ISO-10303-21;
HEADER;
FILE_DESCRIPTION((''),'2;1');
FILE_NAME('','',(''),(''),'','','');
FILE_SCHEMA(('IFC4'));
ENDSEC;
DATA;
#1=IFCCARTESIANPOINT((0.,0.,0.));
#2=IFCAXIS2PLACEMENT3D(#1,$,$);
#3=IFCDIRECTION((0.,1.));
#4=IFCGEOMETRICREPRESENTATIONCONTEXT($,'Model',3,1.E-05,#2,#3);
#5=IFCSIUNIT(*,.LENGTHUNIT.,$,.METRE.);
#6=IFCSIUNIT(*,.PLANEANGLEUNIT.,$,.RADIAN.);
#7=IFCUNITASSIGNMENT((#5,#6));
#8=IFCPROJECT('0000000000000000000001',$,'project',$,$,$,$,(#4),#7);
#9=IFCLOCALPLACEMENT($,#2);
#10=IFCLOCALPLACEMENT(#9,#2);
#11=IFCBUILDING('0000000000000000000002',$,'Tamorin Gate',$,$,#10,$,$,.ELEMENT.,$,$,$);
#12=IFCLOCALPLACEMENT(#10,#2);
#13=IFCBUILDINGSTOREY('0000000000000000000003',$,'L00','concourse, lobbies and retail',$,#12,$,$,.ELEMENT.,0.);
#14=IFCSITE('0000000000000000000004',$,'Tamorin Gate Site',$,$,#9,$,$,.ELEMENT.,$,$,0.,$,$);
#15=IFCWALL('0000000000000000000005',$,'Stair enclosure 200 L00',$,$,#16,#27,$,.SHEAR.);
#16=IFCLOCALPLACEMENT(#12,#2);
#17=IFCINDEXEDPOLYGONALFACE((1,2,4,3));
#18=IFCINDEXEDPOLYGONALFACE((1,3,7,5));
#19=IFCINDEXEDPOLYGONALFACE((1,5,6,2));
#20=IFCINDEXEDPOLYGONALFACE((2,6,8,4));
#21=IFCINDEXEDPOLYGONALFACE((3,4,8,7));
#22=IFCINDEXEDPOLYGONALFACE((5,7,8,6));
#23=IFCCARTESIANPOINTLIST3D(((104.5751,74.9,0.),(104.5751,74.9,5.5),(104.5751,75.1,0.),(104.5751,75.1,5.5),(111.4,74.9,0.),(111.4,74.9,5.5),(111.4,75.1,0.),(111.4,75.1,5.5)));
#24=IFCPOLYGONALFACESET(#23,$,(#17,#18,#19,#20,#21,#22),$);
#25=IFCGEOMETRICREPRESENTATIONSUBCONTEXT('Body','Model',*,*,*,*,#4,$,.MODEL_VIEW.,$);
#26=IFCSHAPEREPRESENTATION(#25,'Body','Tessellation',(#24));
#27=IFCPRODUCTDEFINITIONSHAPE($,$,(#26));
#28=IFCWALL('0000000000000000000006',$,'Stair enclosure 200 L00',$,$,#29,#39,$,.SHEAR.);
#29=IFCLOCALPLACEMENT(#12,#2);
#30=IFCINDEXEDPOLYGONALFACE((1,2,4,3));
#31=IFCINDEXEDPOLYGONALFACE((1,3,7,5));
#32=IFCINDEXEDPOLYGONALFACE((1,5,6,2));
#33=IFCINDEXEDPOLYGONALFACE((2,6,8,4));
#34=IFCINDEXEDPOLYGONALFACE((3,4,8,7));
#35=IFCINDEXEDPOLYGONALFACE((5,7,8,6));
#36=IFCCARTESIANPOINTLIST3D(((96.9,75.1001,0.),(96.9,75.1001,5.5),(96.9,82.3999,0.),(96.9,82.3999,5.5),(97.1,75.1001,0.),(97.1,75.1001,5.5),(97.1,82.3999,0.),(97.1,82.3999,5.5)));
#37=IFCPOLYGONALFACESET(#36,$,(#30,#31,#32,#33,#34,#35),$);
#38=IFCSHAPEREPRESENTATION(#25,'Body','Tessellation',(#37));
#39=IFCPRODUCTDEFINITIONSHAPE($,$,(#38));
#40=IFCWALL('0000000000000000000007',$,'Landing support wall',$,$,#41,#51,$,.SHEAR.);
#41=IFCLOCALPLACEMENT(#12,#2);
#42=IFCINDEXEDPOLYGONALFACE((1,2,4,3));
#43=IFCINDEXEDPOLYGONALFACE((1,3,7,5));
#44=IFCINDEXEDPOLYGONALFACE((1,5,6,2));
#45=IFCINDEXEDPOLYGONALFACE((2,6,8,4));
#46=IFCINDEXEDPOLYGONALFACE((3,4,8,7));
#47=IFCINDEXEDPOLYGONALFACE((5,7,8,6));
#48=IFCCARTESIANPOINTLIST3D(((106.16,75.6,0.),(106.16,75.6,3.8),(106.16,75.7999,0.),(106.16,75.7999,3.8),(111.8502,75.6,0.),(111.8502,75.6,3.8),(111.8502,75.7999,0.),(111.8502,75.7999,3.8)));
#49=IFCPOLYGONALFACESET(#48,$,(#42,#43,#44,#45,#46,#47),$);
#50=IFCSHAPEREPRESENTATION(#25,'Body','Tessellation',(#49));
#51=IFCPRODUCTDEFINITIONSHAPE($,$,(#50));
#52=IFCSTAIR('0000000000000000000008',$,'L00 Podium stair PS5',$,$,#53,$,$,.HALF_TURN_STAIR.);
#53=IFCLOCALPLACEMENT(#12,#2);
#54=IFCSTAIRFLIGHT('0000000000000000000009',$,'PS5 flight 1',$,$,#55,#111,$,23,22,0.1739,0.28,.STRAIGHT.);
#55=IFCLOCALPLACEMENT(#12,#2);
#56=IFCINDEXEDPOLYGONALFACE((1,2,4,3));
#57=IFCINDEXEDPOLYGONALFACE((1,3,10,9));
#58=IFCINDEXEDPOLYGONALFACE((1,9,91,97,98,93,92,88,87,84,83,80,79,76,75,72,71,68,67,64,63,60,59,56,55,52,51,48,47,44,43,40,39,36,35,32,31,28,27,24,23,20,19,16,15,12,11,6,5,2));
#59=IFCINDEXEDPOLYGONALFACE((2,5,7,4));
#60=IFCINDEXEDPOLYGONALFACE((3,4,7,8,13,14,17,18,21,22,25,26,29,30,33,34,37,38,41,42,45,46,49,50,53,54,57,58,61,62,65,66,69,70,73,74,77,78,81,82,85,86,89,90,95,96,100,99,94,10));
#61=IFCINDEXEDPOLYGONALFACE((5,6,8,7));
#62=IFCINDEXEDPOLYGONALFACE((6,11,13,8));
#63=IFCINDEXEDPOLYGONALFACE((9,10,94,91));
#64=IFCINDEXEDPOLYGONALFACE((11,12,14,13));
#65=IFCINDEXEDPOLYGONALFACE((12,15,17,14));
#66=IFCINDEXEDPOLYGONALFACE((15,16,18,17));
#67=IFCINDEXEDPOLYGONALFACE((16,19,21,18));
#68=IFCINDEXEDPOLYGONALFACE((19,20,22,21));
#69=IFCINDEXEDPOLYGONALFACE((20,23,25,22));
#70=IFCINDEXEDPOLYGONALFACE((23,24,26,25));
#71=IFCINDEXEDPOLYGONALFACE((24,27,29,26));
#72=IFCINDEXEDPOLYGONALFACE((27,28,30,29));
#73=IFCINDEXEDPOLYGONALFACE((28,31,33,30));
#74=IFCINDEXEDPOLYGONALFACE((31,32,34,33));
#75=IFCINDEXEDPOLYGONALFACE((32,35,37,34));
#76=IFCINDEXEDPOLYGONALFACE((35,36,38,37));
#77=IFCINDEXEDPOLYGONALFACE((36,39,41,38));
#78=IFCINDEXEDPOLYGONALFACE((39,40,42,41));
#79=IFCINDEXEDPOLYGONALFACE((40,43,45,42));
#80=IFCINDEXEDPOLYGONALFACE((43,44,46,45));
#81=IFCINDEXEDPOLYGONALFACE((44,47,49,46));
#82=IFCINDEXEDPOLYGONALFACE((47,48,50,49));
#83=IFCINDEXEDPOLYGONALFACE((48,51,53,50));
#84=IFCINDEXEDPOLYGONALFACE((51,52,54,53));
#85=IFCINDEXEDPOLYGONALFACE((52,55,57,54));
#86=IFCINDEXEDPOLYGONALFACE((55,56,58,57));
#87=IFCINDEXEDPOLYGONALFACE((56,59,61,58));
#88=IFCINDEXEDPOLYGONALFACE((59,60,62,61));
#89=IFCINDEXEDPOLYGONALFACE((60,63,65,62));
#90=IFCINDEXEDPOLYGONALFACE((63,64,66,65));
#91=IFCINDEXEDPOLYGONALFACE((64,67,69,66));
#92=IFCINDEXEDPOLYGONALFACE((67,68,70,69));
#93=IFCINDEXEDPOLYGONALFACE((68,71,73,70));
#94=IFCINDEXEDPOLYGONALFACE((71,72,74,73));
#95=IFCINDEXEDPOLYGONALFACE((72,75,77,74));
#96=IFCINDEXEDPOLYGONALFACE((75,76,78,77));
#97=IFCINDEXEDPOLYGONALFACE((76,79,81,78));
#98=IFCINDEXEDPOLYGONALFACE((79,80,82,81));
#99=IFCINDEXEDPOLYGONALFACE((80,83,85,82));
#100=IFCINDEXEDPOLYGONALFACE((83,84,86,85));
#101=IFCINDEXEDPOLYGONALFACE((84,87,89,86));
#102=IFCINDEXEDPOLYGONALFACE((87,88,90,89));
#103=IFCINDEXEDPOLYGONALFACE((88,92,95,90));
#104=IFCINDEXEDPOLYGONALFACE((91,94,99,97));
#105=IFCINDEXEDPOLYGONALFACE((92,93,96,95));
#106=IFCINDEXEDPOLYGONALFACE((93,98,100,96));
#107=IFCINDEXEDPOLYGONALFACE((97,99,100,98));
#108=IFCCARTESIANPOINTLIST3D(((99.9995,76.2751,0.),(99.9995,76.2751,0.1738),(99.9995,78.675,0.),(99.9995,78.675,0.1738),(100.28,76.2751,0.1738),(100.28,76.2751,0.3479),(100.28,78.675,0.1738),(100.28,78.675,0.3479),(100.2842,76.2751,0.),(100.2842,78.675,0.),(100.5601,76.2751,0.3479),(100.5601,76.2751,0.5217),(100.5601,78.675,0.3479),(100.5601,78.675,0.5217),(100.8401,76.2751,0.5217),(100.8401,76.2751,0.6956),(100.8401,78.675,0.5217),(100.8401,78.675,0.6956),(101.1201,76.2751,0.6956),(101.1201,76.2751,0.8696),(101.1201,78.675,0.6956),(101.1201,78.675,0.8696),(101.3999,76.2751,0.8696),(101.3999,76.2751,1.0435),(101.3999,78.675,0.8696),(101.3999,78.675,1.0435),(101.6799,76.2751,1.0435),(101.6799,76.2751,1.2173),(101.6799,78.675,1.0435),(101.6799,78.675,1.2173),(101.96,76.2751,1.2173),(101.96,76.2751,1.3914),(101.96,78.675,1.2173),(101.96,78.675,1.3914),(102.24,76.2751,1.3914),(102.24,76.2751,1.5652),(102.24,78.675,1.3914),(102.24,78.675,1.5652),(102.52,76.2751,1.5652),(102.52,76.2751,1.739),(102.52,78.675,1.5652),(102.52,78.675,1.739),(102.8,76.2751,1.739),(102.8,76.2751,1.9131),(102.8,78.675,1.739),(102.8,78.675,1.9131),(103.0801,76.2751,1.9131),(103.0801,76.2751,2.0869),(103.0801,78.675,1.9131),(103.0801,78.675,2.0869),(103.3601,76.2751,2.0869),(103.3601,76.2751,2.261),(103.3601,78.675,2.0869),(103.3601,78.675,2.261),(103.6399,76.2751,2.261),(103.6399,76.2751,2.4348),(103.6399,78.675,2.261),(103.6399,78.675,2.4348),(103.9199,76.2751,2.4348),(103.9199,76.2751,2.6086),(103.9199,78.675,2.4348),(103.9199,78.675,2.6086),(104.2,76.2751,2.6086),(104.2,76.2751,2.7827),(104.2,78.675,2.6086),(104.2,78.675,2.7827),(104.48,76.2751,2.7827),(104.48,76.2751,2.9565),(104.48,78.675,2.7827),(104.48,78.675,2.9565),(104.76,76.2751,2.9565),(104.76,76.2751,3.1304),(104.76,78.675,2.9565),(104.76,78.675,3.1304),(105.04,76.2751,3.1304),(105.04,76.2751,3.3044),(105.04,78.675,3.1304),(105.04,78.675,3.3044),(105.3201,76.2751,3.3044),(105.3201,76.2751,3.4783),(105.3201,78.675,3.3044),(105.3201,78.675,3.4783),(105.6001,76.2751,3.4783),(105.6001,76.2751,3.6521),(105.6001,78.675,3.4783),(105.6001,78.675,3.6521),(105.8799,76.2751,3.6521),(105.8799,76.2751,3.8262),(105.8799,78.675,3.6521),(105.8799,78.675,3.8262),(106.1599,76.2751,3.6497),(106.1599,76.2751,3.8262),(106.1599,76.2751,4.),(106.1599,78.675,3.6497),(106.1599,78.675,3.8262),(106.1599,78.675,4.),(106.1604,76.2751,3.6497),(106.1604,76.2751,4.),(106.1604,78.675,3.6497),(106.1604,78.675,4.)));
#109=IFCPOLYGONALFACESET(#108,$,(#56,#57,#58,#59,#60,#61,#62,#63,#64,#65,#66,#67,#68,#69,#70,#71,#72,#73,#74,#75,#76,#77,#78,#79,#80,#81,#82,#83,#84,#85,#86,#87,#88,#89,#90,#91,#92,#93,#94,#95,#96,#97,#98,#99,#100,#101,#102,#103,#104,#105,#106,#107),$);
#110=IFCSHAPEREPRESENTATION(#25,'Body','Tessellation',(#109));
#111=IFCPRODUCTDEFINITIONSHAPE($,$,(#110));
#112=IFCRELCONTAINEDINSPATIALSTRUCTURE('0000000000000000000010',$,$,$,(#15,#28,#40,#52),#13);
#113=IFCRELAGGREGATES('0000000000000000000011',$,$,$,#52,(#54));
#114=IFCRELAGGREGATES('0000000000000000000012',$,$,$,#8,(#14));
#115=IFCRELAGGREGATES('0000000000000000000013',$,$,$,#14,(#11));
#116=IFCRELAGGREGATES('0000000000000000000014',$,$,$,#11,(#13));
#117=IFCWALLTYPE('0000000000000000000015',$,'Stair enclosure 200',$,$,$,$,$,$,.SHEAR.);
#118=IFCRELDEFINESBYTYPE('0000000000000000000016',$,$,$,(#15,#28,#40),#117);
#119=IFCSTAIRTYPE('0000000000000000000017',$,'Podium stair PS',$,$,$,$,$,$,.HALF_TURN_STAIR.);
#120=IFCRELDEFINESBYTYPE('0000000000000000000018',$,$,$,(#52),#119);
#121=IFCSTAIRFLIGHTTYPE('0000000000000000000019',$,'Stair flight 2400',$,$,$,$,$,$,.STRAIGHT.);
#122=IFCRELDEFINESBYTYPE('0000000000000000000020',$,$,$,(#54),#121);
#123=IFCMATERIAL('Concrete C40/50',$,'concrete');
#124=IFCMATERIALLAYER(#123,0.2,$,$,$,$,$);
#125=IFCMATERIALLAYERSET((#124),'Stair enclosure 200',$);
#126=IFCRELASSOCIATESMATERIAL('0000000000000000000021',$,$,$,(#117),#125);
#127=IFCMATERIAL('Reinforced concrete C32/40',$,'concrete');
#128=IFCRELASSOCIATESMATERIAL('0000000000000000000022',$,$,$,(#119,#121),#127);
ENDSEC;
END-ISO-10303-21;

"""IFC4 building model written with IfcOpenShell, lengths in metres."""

from ifc_helpers import new_model, si_unit, direction, frame, frame_2d, origin, place, context, subcontext, project, spatial, polyline, rectangle, outline, extrude, material, layer, layer_set, type_object, element, aggregate, save


model = new_model("IFC4")

# Units and contexts
model_context = context("Model", 3, precision=1e-05, world=origin(), true_north=direction((0.0, 1.0)))
body_context = subcontext(model_context, "Body", "Model", "MODEL_VIEW")
ifc_project = project(units=[si_unit("LENGTHUNIT", "METRE"), si_unit("PLANEANGLEUNIT", "RADIAN")], contexts=[model_context])

# Site, building, storey
site_placement = place(None, origin())
site = spatial("IfcSite", under=ifc_project, at=site_placement, Name="Tamorin Gate Site", CompositionType="ELEMENT", RefElevation=0.0)
building_placement = place(site_placement, origin())
building = spatial("IfcBuilding", under=site, at=building_placement, Name="Tamorin Gate", CompositionType="ELEMENT")
storey_placement = place(building_placement, origin())
storey = spatial("IfcBuildingStorey", under=building, at=storey_placement, Name="L00", Description="concourse, lobbies and retail", CompositionType="ELEMENT", Elevation=0.0)

# Walls
ifc_material_1 = material(Name="Concrete C40/50", Category="concrete")
ifc_layer_1 = layer(ifc_material_1, 0.2)
ifc_layer_set_1 = layer_set([ifc_layer_1], Name="Stair enclosure 200")
wall_type_1 = type_object("IfcWallType", Name="Stair enclosure 200", PredefinedType="SHEAR", material=ifc_layer_set_1)
wall_1_placement = place(storey_placement, frame((104.575, 75.0, 0.0), z_axis=(0.0, 0.0, 1.0), x_axis=(1.0, 0.0, 0.0)))
element("IfcWall", 1, at=wall_1_placement, inside=storey, type_object=wall_type_1, Name="Stair enclosure 200 L00", PredefinedType="SHEAR", context=body_context, shape_type="SweptSolid", body=[
    extrude(rectangle(XDim=6.825, YDim=0.2, at=frame_2d((3.4126, 0.0))), origin(), (0.0, 0.0, 1.0), 5.5),
])
wall_2_placement = place(storey_placement, frame((97.0, 75.1001, 0.0), z_axis=(0.0, 0.0, 1.0), x_axis=(0.0, 1.0, 0.0)))
element("IfcWall", 2, at=wall_2_placement, inside=storey, type_object=wall_type_1, Name="Stair enclosure 200 L00", PredefinedType="SHEAR", context=body_context, shape_type="SweptSolid", body=[
    extrude(rectangle(XDim=7.2998, YDim=0.2, at=frame_2d((3.6499, 0.0))), origin(), (0.0, 0.0, 1.0), 5.5),
])
wall_3_placement = place(storey_placement, frame((106.1599, 75.7, 0.0), z_axis=(0.0, 0.0, 1.0), x_axis=(1.0, 0.0, 0.0)))
element("IfcWall", 3, at=wall_3_placement, inside=storey, type_object=wall_type_1, Name="Landing support wall", PredefinedType="SHEAR", context=body_context, shape_type="SweptSolid", body=[
    extrude(rectangle(XDim=5.6902, YDim=0.2, at=frame_2d((2.8452, 0.0))), origin(), (0.0, 0.0, 1.0), 3.8),
])

# Stair, stair flight
ifc_material_2 = material(Name="Reinforced concrete C32/40", Category="concrete")
stair_type = type_object("IfcStairType", Name="Podium stair PS", PredefinedType="HALF_TURN_STAIR", material=ifc_material_2)
stair_placement = place(storey_placement, origin())
stair = element("IfcStair", 4, at=stair_placement, inside=storey, type_object=stair_type, Name="L00 Podium stair PS5", PredefinedType="HALF_TURN_STAIR")
stair_flight_type = type_object("IfcStairFlightType", Name="Stair flight 2400", PredefinedType="STRAIGHT", material=ifc_material_2)
stair_flight_placement = place(storey_placement, frame((100.0, 77.4751, 0.0), z_axis=(0.0, 0.0, 1.0), x_axis=(1.0, 0.0, 0.0)))
stair_flight = element("IfcStairFlight", 5, at=stair_flight_placement, type_object=stair_flight_type, Name="PS5 flight 1", NumberOfRisers=23, NumberOfTreads=22, PredefinedType="STRAIGHT", RiserHeight=0.1739, TreadLength=0.28, context=body_context, shape_type="SweptSolid", body=[
    extrude(outline(polyline([(-0.0005, 0.0), (-0.0005, 0.1738), (0.28, 0.1738), (0.28, 0.3479), (0.5601, 0.3479), (0.5601, 0.5217), (0.8401, 0.5217), (0.8401, 0.6956), (1.1201, 0.6956), (1.1201, 0.8696), (1.3999, 0.8696), (1.3999, 1.0435), (1.6799, 1.0435), (1.6799, 1.2173), (1.96, 1.2173), (1.96, 1.3914), (2.24, 1.3914), (2.24, 1.5652), (2.52, 1.5652), (2.52, 1.739), (2.8, 1.739), (2.8, 1.9131), (3.0801, 1.9131), (3.0801, 2.0869), (3.3601, 2.0869), (3.3601, 2.261), (3.6399, 2.261), (3.6399, 2.4348), (3.9199, 2.4348), (3.9199, 2.6086), (4.2, 2.6086), (4.2, 2.7827), (4.48, 2.7827), (4.48, 2.9565), (4.76, 2.9565), (4.76, 3.1304), (5.04, 3.1304), (5.04, 3.3044), (5.3201, 3.3044), (5.3201, 3.4783), (5.6001, 3.4783), (5.6001, 3.6521), (5.8799, 3.6521), (5.8799, 3.8262), (6.1599, 3.8262), (6.1599, 4.0), (6.1604, 4.0), (6.1604, 3.6497), (6.1599, 3.6497), (0.2842, 0.0), (-0.0005, 0.0)])), frame((0.0, 1.2, 0.0), z_axis=(0.0, -1.0, 0.0), x_axis=(1.0, 0.0, 0.0)), (0.0, 0.0, 1.0), 2.3999),
])
aggregate(stair, [stair_flight])

save(model, "model.ifc")
